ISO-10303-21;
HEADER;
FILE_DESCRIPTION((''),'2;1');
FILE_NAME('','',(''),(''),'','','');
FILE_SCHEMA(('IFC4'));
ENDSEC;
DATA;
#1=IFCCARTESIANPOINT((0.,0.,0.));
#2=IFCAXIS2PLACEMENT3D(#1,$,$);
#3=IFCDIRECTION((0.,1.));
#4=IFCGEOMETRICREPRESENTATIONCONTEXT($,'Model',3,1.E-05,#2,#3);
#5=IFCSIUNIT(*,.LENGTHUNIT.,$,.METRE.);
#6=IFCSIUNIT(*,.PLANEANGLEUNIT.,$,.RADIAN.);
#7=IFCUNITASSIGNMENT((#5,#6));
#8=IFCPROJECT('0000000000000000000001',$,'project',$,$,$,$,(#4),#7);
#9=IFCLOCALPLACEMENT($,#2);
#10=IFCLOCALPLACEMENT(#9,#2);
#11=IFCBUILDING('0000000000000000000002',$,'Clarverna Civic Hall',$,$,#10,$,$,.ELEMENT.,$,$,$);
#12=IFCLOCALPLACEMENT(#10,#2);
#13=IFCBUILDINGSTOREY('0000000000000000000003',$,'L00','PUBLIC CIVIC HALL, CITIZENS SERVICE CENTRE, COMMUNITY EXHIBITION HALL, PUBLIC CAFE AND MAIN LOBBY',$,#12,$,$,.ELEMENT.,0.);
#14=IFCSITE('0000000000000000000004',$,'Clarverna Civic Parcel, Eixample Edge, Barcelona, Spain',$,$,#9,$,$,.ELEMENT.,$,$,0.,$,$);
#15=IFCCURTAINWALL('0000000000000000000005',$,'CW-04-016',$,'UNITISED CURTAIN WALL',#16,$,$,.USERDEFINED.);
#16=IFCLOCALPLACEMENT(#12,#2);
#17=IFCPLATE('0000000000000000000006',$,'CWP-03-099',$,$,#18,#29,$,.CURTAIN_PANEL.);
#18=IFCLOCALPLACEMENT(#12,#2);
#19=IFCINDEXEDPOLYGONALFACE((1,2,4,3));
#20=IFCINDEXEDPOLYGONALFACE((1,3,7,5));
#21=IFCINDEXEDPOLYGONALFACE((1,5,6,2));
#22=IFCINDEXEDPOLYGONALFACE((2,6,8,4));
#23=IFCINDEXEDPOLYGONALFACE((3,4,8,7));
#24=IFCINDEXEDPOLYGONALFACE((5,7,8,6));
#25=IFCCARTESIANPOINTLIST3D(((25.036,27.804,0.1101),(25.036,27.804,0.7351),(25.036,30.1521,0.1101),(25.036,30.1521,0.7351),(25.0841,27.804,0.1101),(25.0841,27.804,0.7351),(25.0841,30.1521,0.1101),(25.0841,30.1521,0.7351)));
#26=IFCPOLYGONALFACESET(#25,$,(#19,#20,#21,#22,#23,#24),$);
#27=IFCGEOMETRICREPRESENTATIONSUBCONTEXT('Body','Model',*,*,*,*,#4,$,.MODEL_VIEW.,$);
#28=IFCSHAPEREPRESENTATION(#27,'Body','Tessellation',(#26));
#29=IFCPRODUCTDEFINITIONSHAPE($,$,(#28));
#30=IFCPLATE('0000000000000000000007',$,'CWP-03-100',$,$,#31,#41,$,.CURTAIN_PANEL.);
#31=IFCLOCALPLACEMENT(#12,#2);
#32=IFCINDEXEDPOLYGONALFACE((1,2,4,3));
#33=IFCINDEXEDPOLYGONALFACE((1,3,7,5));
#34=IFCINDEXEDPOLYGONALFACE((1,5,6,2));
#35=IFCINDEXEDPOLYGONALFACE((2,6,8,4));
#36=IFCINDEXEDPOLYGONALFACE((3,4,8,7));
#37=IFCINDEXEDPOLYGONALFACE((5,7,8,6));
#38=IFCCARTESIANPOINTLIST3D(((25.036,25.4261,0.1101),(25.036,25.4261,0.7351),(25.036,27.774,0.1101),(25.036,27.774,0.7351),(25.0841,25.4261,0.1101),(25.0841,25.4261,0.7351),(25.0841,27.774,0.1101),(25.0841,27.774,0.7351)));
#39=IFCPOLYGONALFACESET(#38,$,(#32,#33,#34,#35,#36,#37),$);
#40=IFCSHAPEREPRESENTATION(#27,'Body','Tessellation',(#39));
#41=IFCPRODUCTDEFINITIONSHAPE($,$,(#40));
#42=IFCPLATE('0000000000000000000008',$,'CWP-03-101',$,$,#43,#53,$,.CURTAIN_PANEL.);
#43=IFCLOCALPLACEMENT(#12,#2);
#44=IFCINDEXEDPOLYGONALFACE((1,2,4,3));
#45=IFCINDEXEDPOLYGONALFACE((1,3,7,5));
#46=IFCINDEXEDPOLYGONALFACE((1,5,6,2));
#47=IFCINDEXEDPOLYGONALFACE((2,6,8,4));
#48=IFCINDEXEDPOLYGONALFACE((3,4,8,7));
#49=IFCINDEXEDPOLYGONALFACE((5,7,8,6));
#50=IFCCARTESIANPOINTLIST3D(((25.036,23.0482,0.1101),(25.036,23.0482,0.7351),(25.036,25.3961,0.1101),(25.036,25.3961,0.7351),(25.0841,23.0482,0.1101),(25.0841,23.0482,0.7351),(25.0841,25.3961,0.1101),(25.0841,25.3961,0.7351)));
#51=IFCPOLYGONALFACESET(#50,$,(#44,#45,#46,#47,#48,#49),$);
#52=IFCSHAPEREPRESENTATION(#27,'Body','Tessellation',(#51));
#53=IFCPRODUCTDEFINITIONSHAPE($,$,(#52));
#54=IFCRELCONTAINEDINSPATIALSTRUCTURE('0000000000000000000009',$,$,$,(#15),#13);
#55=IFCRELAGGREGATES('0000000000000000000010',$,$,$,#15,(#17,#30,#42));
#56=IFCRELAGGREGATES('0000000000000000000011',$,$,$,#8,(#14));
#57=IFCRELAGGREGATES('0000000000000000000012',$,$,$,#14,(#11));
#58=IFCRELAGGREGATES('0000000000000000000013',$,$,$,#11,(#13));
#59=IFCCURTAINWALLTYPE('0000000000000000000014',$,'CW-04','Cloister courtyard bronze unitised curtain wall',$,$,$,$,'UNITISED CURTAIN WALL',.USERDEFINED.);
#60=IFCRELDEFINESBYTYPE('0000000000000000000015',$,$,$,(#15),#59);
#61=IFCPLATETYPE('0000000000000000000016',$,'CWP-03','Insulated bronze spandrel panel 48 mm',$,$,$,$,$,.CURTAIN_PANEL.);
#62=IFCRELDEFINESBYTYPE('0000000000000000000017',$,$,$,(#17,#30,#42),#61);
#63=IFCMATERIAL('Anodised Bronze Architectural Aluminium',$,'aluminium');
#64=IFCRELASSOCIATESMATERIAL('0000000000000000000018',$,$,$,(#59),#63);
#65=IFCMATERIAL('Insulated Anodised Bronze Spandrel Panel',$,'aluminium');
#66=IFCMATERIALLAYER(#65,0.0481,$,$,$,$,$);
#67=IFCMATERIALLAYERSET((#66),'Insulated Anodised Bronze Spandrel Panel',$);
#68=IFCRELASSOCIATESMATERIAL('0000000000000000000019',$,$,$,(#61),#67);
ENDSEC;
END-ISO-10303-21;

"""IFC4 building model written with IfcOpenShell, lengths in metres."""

from ifc_helpers import new_model, si_unit, direction, frame, frame_2d, origin, place, context, subcontext, project, spatial, rectangle, extrude, material, layer, layer_set, type_object, element, aggregate, save


model = new_model("IFC4")

# Units and contexts
model_context = context("Model", 3, precision=1e-05, world=origin(), true_north=direction((0.0, 1.0)))
body_context = subcontext(model_context, "Body", "Model", "MODEL_VIEW")
ifc_project = project(units=[si_unit("LENGTHUNIT", "METRE"), si_unit("PLANEANGLEUNIT", "RADIAN")], contexts=[model_context])

# Site, building, storey
site_placement = place(None, origin())
site = spatial("IfcSite", under=ifc_project, at=site_placement, Name="Clarverna Civic Parcel, Eixample Edge, Barcelona, Spain", CompositionType="ELEMENT", RefElevation=0.0)
building_placement = place(site_placement, origin())
building = spatial("IfcBuilding", under=site, at=building_placement, Name="Clarverna Civic Hall", CompositionType="ELEMENT")
storey_placement = place(building_placement, origin())
storey = spatial("IfcBuildingStorey", under=building, at=storey_placement, Name="L00", Description="PUBLIC CIVIC HALL, CITIZENS SERVICE CENTRE, COMMUNITY EXHIBITION HALL, PUBLIC CAFE AND MAIN LOBBY", CompositionType="ELEMENT", Elevation=0.0)

# Curtain wall
ifc_material_1 = material(Name="Anodised Bronze Architectural Aluminium", Category="aluminium")
curtain_wall_type = type_object("IfcCurtainWallType", Name="CW-04", Description="Cloister courtyard bronze unitised curtain wall", ElementType="UNITISED CURTAIN WALL", PredefinedType="USERDEFINED", material=ifc_material_1)
curtain_wall_1_placement = place(storey_placement, origin())
curtain_wall_1 = element("IfcCurtainWall", 1, at=curtain_wall_1_placement, inside=storey, type_object=curtain_wall_type, Name="CW-04-016", ObjectType="UNITISED CURTAIN WALL", PredefinedType="USERDEFINED")

# Plates
ifc_material_2 = material(Name="Insulated Anodised Bronze Spandrel Panel", Category="aluminium")
ifc_layer_1 = layer(ifc_material_2, 0.0481)
ifc_layer_set_1 = layer_set([ifc_layer_1], Name="Insulated Anodised Bronze Spandrel Panel")
plate_type_1 = type_object("IfcPlateType", Name="CWP-03", Description="Insulated bronze spandrel panel 48 mm", PredefinedType="CURTAIN_PANEL", material=ifc_layer_set_1)
plate_1_placement = place(storey_placement, frame((25.0601, 30.1521, 0.1101), z_axis=(0.0, 0.0, 1.0), x_axis=(0.0, -1.0, 0.0)))
plate_1 = element("IfcPlate", 2, at=plate_1_placement, type_object=plate_type_1, Name="CWP-03-099", PredefinedType="CURTAIN_PANEL", context=body_context, shape_type="SweptSolid", body=[
    extrude(rectangle(XDim=2.3481, YDim=0.0481, at=frame_2d((1.1741, 0.0))), origin(), (0.0, 0.0, 1.0), 0.625),
])
plate_2_placement = place(storey_placement, frame((25.0601, 27.7739, 0.1101), z_axis=(0.0, 0.0, 1.0), x_axis=(0.0, -1.0, 0.0)))
plate_2 = element("IfcPlate", 3, at=plate_2_placement, type_object=plate_type_1, Name="CWP-03-100", PredefinedType="CURTAIN_PANEL", context=body_context, shape_type="SweptSolid", body=[
    extrude(rectangle(XDim=2.3479, YDim=0.0481, at=frame_2d((1.1738, 0.0))), origin(), (0.0, 0.0, 1.0), 0.625),
])
plate_3_placement = place(storey_placement, frame((25.0601, 25.396, 0.1101), z_axis=(0.0, 0.0, 1.0), x_axis=(0.0, -1.0, 0.0)))
plate_3 = element("IfcPlate", 4, at=plate_3_placement, type_object=plate_type_1, Name="CWP-03-101", PredefinedType="CURTAIN_PANEL", context=body_context, shape_type="SweptSolid", body=[
    extrude(rectangle(XDim=2.3479, YDim=0.0481, at=frame_2d((1.1738, 0.0))), origin(), (0.0, 0.0, 1.0), 0.625),
])
aggregate(curtain_wall_1, [plate_1, plate_2, plate_3])

save(model, "model.ifc")
